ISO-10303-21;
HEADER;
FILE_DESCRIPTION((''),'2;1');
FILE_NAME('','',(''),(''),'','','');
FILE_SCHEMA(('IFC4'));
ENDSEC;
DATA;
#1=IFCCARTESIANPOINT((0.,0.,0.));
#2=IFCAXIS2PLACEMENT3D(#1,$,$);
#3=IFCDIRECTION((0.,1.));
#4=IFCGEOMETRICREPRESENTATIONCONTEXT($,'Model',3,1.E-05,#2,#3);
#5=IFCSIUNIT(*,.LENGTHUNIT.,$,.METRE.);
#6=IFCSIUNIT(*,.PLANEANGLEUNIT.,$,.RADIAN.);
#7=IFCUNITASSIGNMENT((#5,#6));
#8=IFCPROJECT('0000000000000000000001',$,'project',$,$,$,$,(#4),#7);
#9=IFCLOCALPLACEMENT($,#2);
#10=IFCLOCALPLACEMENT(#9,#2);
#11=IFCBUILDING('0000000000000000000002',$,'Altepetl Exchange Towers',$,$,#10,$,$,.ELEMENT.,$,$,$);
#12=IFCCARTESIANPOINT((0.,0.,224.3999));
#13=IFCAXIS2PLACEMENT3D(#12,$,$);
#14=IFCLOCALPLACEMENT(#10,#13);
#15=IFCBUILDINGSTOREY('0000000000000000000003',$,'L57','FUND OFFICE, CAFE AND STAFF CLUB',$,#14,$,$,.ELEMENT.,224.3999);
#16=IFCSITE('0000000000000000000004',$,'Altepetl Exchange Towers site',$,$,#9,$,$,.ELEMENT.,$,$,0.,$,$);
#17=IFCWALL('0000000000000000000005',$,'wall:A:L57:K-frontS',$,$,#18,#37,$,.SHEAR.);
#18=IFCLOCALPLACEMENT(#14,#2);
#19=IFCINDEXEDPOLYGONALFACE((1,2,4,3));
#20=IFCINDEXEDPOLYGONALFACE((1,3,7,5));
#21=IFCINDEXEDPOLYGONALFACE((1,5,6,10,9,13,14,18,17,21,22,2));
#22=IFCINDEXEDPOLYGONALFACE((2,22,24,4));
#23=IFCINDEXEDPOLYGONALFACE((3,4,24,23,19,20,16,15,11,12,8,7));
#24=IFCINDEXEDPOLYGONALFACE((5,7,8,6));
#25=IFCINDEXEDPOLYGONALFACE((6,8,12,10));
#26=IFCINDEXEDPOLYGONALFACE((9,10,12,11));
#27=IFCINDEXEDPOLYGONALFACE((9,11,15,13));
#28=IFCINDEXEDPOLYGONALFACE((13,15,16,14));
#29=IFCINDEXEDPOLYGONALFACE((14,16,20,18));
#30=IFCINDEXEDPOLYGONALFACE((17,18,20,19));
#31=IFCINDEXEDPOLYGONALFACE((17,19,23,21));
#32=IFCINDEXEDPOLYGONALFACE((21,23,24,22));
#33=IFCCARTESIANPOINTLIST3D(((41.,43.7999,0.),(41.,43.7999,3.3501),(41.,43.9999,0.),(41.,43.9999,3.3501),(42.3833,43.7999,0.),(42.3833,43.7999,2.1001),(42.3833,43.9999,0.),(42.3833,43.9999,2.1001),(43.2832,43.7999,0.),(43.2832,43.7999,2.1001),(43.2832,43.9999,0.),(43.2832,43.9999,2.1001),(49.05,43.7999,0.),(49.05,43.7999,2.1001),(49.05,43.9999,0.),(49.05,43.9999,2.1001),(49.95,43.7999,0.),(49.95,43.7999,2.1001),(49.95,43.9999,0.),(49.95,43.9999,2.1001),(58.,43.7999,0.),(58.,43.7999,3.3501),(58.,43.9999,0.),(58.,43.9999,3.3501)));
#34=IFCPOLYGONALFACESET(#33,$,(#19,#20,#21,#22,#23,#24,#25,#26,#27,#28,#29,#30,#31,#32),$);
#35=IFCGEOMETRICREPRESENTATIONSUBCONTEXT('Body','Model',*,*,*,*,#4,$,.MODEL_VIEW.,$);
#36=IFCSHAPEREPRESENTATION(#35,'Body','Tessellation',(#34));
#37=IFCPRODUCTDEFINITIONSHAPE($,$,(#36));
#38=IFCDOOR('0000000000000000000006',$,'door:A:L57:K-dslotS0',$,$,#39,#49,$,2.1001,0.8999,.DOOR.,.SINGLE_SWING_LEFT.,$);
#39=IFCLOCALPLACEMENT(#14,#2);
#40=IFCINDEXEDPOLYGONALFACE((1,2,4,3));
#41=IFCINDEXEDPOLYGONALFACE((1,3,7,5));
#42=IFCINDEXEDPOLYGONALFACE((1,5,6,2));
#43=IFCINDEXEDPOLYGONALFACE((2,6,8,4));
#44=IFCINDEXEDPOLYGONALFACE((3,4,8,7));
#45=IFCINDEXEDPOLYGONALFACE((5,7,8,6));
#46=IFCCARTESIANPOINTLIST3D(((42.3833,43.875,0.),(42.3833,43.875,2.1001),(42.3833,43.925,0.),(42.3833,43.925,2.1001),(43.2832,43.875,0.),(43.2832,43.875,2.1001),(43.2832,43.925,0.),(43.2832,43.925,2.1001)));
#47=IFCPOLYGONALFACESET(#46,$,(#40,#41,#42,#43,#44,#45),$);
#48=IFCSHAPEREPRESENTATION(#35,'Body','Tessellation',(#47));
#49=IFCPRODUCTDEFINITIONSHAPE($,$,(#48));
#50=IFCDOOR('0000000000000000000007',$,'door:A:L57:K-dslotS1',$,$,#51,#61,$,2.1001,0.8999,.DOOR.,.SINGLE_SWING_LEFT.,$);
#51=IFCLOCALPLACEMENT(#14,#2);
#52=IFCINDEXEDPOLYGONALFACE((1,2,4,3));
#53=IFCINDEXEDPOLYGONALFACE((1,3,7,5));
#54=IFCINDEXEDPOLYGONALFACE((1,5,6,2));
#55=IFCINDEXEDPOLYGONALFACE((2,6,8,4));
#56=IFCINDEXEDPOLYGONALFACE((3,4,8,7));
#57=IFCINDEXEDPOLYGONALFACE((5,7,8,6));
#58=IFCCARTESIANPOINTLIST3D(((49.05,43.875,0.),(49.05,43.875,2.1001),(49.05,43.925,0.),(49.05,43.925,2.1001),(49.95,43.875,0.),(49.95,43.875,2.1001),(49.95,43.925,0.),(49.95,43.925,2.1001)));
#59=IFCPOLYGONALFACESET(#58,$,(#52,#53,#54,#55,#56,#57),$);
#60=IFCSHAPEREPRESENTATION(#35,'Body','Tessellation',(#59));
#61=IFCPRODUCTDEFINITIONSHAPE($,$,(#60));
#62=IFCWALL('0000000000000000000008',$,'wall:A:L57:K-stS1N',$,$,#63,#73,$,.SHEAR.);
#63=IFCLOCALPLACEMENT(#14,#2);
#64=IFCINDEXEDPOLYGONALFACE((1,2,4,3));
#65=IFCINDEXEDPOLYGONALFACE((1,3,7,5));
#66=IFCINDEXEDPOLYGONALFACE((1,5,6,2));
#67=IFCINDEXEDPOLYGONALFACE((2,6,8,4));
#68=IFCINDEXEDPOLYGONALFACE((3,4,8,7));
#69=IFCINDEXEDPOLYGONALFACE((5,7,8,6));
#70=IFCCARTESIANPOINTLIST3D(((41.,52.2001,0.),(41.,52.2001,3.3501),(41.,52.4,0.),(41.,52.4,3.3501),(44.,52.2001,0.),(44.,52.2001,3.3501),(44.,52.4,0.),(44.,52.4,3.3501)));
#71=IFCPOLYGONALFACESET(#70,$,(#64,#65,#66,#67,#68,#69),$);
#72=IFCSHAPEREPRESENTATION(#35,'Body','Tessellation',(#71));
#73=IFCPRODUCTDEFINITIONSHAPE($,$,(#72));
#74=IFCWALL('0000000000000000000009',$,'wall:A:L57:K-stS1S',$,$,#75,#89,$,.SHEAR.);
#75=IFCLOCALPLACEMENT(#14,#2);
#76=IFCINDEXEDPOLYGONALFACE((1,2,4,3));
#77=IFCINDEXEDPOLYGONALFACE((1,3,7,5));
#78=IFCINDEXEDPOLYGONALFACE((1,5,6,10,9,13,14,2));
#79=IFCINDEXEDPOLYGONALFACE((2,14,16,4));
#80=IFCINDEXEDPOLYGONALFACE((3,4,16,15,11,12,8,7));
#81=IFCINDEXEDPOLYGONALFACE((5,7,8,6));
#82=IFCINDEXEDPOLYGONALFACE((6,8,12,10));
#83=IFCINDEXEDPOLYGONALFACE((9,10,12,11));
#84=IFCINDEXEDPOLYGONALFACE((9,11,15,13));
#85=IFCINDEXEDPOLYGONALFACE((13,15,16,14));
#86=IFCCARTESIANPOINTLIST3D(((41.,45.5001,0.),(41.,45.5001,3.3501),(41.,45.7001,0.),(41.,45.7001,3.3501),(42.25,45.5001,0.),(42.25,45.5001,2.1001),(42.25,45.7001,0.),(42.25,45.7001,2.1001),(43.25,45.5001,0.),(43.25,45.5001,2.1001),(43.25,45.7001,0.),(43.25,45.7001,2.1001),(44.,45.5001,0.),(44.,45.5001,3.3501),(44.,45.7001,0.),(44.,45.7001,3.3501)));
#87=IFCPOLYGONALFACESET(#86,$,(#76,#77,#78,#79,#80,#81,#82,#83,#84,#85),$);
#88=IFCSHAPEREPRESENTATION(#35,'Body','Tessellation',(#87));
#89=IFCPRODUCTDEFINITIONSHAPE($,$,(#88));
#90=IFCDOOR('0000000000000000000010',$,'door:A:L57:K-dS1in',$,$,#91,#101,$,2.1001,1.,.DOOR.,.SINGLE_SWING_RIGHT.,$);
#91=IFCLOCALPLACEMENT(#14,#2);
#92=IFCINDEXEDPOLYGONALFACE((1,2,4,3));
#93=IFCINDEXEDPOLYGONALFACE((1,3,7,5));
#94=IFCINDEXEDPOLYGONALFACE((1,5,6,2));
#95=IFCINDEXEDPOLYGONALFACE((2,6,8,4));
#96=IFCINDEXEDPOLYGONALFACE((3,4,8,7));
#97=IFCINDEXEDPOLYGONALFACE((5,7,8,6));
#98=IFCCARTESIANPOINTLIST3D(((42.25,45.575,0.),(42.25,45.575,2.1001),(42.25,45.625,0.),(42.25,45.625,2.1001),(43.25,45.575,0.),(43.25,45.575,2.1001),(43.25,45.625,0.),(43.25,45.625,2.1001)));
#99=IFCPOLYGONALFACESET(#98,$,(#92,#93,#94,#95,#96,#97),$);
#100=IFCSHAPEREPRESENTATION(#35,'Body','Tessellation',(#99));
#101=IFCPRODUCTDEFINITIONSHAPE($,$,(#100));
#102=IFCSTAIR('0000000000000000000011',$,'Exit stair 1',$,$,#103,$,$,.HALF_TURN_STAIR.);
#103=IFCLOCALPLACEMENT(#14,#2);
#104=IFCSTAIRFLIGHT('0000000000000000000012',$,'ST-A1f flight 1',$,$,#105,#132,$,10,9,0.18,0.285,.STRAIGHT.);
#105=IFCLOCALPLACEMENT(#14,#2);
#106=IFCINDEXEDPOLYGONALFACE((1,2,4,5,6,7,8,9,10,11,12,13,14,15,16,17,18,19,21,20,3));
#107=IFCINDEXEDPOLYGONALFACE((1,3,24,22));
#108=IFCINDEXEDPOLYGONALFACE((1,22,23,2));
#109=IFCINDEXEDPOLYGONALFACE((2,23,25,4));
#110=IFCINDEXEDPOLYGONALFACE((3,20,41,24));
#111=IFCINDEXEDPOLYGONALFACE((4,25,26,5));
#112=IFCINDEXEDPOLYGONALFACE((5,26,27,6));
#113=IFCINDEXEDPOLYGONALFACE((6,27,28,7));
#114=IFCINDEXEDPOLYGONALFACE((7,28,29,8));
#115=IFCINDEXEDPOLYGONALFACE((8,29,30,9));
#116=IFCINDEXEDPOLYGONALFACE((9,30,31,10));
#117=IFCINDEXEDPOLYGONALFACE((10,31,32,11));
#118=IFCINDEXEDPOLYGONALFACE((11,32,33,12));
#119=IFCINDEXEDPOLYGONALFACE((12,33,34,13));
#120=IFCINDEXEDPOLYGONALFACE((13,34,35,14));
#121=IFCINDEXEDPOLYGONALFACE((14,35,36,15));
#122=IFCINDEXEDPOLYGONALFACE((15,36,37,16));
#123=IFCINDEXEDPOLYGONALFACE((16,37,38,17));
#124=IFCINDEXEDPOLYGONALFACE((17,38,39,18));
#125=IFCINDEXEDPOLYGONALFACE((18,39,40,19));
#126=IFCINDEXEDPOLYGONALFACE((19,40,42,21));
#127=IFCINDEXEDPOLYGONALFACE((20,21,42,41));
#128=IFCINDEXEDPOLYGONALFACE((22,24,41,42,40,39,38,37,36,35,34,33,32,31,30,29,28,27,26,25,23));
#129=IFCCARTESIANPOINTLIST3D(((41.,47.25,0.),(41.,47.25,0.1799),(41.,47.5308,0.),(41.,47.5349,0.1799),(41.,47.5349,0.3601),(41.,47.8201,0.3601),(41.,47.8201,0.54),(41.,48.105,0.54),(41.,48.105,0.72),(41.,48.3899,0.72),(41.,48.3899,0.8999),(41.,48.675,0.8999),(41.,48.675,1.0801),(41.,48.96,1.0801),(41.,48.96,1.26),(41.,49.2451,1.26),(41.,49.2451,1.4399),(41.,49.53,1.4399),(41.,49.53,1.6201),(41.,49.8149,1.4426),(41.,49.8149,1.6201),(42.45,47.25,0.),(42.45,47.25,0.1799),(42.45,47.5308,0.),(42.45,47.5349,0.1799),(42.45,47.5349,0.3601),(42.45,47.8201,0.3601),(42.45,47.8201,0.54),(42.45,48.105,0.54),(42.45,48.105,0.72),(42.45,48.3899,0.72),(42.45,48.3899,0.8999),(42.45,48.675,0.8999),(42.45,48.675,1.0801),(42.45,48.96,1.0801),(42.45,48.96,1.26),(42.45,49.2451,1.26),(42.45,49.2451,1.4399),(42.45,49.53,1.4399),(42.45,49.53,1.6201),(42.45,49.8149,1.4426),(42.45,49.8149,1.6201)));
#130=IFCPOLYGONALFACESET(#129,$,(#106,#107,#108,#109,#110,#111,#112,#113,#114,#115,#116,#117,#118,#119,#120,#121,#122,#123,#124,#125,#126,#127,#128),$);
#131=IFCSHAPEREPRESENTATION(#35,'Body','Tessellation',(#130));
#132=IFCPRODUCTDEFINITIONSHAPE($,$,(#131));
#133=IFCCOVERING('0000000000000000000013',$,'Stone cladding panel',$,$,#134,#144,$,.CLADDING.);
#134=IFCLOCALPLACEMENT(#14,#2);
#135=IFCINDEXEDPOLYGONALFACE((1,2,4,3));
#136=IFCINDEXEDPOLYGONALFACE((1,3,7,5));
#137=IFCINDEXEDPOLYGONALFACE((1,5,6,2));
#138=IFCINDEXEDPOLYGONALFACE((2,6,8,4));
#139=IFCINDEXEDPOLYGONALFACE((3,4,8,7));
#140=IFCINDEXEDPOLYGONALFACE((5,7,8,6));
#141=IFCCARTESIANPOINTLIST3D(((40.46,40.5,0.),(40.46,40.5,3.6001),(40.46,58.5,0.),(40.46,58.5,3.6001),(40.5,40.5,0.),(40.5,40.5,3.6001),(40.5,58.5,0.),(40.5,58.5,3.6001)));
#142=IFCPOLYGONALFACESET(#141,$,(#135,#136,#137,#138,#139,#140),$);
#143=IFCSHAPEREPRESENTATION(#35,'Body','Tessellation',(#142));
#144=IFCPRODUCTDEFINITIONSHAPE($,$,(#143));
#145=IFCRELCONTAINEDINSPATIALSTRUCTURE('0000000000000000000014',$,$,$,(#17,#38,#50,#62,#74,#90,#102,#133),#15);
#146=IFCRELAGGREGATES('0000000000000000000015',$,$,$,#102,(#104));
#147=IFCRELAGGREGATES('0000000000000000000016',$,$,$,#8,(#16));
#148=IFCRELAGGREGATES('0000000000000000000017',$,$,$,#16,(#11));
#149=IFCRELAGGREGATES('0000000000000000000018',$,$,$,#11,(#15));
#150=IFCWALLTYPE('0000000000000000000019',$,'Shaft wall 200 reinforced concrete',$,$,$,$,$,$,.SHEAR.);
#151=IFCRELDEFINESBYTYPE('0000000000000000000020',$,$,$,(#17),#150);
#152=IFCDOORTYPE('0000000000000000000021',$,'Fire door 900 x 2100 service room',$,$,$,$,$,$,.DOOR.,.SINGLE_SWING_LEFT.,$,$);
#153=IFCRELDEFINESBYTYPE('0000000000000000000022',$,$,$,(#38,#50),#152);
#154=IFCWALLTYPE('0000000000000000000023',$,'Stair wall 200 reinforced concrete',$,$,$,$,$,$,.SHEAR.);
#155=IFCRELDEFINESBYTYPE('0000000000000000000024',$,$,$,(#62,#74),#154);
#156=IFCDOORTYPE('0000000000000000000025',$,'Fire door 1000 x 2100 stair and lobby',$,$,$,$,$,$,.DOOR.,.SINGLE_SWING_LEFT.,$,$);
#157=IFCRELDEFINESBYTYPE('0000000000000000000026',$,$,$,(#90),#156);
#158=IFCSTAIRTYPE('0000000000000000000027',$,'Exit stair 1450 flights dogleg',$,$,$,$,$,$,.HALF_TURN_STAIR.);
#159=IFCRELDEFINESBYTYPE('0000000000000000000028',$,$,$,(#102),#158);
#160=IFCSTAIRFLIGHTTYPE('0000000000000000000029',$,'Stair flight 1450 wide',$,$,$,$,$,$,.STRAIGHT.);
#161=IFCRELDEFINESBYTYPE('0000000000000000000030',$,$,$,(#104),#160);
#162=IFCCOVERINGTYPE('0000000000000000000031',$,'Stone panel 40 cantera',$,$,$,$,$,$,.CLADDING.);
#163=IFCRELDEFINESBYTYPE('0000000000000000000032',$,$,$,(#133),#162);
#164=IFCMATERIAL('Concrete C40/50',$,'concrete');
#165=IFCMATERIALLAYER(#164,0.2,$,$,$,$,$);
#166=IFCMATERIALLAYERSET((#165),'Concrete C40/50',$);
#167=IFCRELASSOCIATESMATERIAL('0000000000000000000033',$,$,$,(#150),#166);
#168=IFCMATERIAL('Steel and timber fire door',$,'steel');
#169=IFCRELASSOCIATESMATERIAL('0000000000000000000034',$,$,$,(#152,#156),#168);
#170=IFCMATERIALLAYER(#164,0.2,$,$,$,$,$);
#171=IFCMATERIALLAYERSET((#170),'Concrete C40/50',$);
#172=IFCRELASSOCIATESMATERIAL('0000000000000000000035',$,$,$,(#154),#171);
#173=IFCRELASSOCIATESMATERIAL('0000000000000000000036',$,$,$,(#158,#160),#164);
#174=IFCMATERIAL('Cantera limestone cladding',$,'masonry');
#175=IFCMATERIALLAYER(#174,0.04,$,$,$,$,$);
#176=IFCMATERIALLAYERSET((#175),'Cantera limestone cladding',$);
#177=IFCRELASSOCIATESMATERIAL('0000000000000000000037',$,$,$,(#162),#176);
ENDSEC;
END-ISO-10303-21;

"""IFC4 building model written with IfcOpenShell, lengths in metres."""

from ifc_helpers import new_model, si_unit, direction, frame, frame_2d, origin, origin_2d, place, context, subcontext, project, spatial, polyline, rectangle, outline, extrude, material, layer, layer_set, type_object, element, fill, aggregate, save


model = new_model("IFC4")

# Units and contexts
model_context = context("Model", 3, precision=1e-05, world=origin(), true_north=direction((0.0, 1.0)))
body_context = subcontext(model_context, "Body", "Model", "MODEL_VIEW")
ifc_project = project(units=[si_unit("LENGTHUNIT", "METRE"), si_unit("PLANEANGLEUNIT", "RADIAN")], contexts=[model_context])

# Site, building, storey
site_placement = place(None, origin())
site = spatial("IfcSite", under=ifc_project, at=site_placement, Name="Altepetl Exchange Towers site", CompositionType="ELEMENT", RefElevation=0.0)
building_placement = place(site_placement, origin())
building = spatial("IfcBuilding", under=site, at=building_placement, Name="Altepetl Exchange Towers", CompositionType="ELEMENT")
storey_placement = place(building_placement, frame((0.0, 0.0, 224.3999)))
storey = spatial("IfcBuildingStorey", under=building, at=storey_placement, Name="L57", Description="FUND OFFICE, CAFE AND STAFF CLUB", CompositionType="ELEMENT", Elevation=224.3999)

# Wall, openings, doors
ifc_material_1 = material(Name="Concrete C40/50", Category="concrete")
ifc_layer_1 = layer(ifc_material_1, 0.2)
ifc_layer_set_1 = layer_set([ifc_layer_1], Name="Concrete C40/50")
wall_type_1 = type_object("IfcWallType", Name="Shaft wall 200 reinforced concrete", PredefinedType="SHEAR", material=ifc_layer_set_1)
wall_1_placement = place(storey_placement, frame((41.0, 43.8999, 0.0)))
wall_1 = element("IfcWall", 1, at=wall_1_placement, inside=storey, type_object=wall_type_1, Name="wall:A:L57:K-frontS", PredefinedType="SHEAR", context=body_context, shape_type="SweptSolid", body=[
    extrude(rectangle(XDim=17.0, YDim=0.2, at=frame_2d((8.5, 0.0))), origin(), (0.0, 0.0, 1.0), 3.3501),
])
opening_1_placement = place(wall_1_placement, frame((1.3833, 0.0, 0.0)))
opening_1 = element("IfcOpeningElement", 2, at=opening_1_placement, cuts=wall_1, PredefinedType="OPENING", context=body_context, shape_type="SweptSolid", body=[
    extrude(rectangle(XDim=0.8999, YDim=2.1001, at=frame_2d((0.45, 1.05))), frame((0.0, 0.1099, 0.0), z_axis=(0.0, -1.0, 0.0), x_axis=(1.0, 0.0, 0.0)), (0.0, 0.0, 1.0), 0.22),
])
opening_2_placement = place(wall_1_placement, frame((8.05, 0.0, 0.0)))
opening_2 = element("IfcOpeningElement", 3, at=opening_2_placement, cuts=wall_1, PredefinedType="OPENING", context=body_context, shape_type="SweptSolid", body=[
    extrude(rectangle(XDim=0.8999, YDim=2.1001, at=frame_2d((0.45, 1.05))), frame((0.0, 0.1099, 0.0), z_axis=(0.0, -1.0, 0.0), x_axis=(1.0, 0.0, 0.0)), (0.0, 0.0, 1.0), 0.22),
])
ifc_material_2 = material(Name="Steel and timber fire door", Category="steel")
door_type_1 = type_object("IfcDoorType", Name="Fire door 900 x 2100 service room", OperationType="SINGLE_SWING_LEFT", PredefinedType="DOOR", material=ifc_material_2)
door_1_placement = place(opening_1_placement, frame((0.8999, 0.0, 0.0), x_axis=(-1.0, 0.0, 0.0)))
door_1 = element("IfcDoor", 4, at=door_1_placement, inside=storey, type_object=door_type_1, Name="door:A:L57:K-dslotS0", OperationType="SINGLE_SWING_LEFT", OverallHeight=2.1001, OverallWidth=0.8999, PredefinedType="DOOR", context=body_context, shape_type="SweptSolid", body=[
    extrude(rectangle(XDim=0.8999, YDim=2.1001, at=frame_2d((0.45, 1.05))), frame((0.0, 0.0249, 0.0), z_axis=(0.0, -1.0, 0.0), x_axis=(1.0, 0.0, 0.0)), (0.0, 0.0, 1.0), 0.05),
])
fill(opening_1, door_1)
door_2_placement = place(opening_2_placement, frame((0.8999, 0.0, 0.0), x_axis=(-1.0, 0.0, 0.0)))
door_2 = element("IfcDoor", 5, at=door_2_placement, inside=storey, type_object=door_type_1, Name="door:A:L57:K-dslotS1", OperationType="SINGLE_SWING_LEFT", OverallHeight=2.1001, OverallWidth=0.8999, PredefinedType="DOOR", context=body_context, shape_type="SweptSolid", body=[
    extrude(rectangle(XDim=0.8999, YDim=2.1001, at=frame_2d((0.45, 1.05))), frame((0.0, 0.0249, 0.0), z_axis=(0.0, -1.0, 0.0), x_axis=(1.0, 0.0, 0.0)), (0.0, 0.0, 1.0), 0.05),
])
fill(opening_2, door_2)

# Wall
ifc_layer_2 = layer(ifc_material_1, 0.2)
ifc_layer_set_2 = layer_set([ifc_layer_2], Name="Concrete C40/50")
wall_type_2 = type_object("IfcWallType", Name="Stair wall 200 reinforced concrete", PredefinedType="SHEAR", material=ifc_layer_set_2)
wall_2_placement = place(storey_placement, frame((41.0, 52.3, 0.0)))
element("IfcWall", 6, at=wall_2_placement, inside=storey, type_object=wall_type_2, Name="wall:A:L57:K-stS1N", PredefinedType="SHEAR", context=body_context, shape_type="SweptSolid", body=[
    extrude(rectangle(XDim=3.0, YDim=0.2, at=frame_2d((1.5, 0.0))), origin(), (0.0, 0.0, 1.0), 3.3501),
])

# Wall, opening, door
wall_3_placement = place(storey_placement, frame((41.0, 45.6001, 0.0)))
wall_3 = element("IfcWall", 7, at=wall_3_placement, inside=storey, type_object=wall_type_2, Name="wall:A:L57:K-stS1S", PredefinedType="SHEAR", context=body_context, shape_type="SweptSolid", body=[
    extrude(rectangle(XDim=3.0, YDim=0.2, at=frame_2d((1.5, 0.0))), origin(), (0.0, 0.0, 1.0), 3.3501),
])
opening_3_placement = place(wall_3_placement, frame((1.25, 0.0, 0.0)))
opening_3 = element("IfcOpeningElement", 8, at=opening_3_placement, cuts=wall_3, PredefinedType="OPENING", context=body_context, shape_type="SweptSolid", body=[
    extrude(rectangle(XDim=1.0, YDim=2.1001, at=frame_2d((0.5, 1.05))), frame((0.0, 0.1099, 0.0), z_axis=(0.0, -1.0, 0.0), x_axis=(1.0, 0.0, 0.0)), (0.0, 0.0, 1.0), 0.22),
])
door_type_2 = type_object("IfcDoorType", Name="Fire door 1000 x 2100 stair and lobby", OperationType="SINGLE_SWING_LEFT", PredefinedType="DOOR", material=ifc_material_2)
door_3_placement = place(opening_3_placement, origin())
door_3 = element("IfcDoor", 9, at=door_3_placement, inside=storey, type_object=door_type_2, Name="door:A:L57:K-dS1in", OperationType="SINGLE_SWING_RIGHT", OverallHeight=2.1001, OverallWidth=1.0, PredefinedType="DOOR", context=body_context, shape_type="SweptSolid", body=[
    extrude(rectangle(XDim=1.0, YDim=2.1001, at=frame_2d((0.5, 1.05))), frame((0.0, 0.0249, 0.0), z_axis=(0.0, -1.0, 0.0), x_axis=(1.0, 0.0, 0.0)), (0.0, 0.0, 1.0), 0.05),
])
fill(opening_3, door_3)

# Stair, stair flight
stair_type = type_object("IfcStairType", Name="Exit stair 1450 flights dogleg", PredefinedType="HALF_TURN_STAIR", material=ifc_material_1)
stair_placement = place(storey_placement, origin())
stair = element("IfcStair", 10, at=stair_placement, inside=storey, type_object=stair_type, Name="Exit stair 1", PredefinedType="HALF_TURN_STAIR")
stair_flight_type = type_object("IfcStairFlightType", Name="Stair flight 1450 wide", PredefinedType="STRAIGHT", material=ifc_material_1)
stair_flight_placement = place(storey_placement, frame((41.7251, 47.25, 0.0), z_axis=(0.0, 0.0, 1.0), x_axis=(0.0, 1.0, 0.0)))
stair_flight = element("IfcStairFlight", 11, at=stair_flight_placement, type_object=stair_flight_type, Name="ST-A1f flight 1", NumberOfRisers=10, NumberOfTreads=9, PredefinedType="STRAIGHT", RiserHeight=0.18, TreadLength=0.285, context=body_context, shape_type="SweptSolid", body=[
    extrude(outline(polyline([(0.0, 0.0), (0.0, 0.1799), (0.2849, 0.1799), (0.2849, 0.3601), (0.5701, 0.3601), (0.5701, 0.54), (0.855, 0.54), (0.855, 0.72), (1.1399, 0.72), (1.1399, 0.8999), (1.425, 0.8999), (1.425, 1.0801), (1.71, 1.0801), (1.71, 1.26), (1.9951, 1.26), (1.9951, 1.4399), (2.28, 1.4399), (2.28, 1.6201), (2.5649, 1.6201), (2.5649, 1.8), (2.5649, 1.4426), (0.2808, 0.0), (0.0, 0.0)])), frame((0.0, 0.7251, 0.0), z_axis=(0.0, -1.0, 0.0), x_axis=(1.0, 0.0, 0.0)), (0.0, 0.0, 1.0), 1.45),
])
aggregate(stair, [stair_flight])

# Covering
ifc_material_3 = material(Name="Cantera limestone cladding", Category="masonry")
ifc_layer_3 = layer(ifc_material_3, 0.04)
ifc_layer_set_3 = layer_set([ifc_layer_3], Name="Cantera limestone cladding")
covering_type = type_object("IfcCoveringType", Name="Stone panel 40 cantera", PredefinedType="CLADDING", material=ifc_layer_set_3)
covering_placement = place(storey_placement, frame((40.48, 49.5, 0.0), z_axis=(0.0, 0.0, 1.0), x_axis=(0.0, -1.0, 0.0)))
element("IfcCovering", 12, at=covering_placement, inside=storey, type_object=covering_type, Name="Stone cladding panel", PredefinedType="CLADDING", context=body_context, shape_type="SweptSolid", body=[
    extrude(rectangle(XDim=18.0, YDim=0.04, at=origin_2d()), origin(), (0.0, 0.0, 1.0), 3.6001),
])

save(model, "model.ifc")
